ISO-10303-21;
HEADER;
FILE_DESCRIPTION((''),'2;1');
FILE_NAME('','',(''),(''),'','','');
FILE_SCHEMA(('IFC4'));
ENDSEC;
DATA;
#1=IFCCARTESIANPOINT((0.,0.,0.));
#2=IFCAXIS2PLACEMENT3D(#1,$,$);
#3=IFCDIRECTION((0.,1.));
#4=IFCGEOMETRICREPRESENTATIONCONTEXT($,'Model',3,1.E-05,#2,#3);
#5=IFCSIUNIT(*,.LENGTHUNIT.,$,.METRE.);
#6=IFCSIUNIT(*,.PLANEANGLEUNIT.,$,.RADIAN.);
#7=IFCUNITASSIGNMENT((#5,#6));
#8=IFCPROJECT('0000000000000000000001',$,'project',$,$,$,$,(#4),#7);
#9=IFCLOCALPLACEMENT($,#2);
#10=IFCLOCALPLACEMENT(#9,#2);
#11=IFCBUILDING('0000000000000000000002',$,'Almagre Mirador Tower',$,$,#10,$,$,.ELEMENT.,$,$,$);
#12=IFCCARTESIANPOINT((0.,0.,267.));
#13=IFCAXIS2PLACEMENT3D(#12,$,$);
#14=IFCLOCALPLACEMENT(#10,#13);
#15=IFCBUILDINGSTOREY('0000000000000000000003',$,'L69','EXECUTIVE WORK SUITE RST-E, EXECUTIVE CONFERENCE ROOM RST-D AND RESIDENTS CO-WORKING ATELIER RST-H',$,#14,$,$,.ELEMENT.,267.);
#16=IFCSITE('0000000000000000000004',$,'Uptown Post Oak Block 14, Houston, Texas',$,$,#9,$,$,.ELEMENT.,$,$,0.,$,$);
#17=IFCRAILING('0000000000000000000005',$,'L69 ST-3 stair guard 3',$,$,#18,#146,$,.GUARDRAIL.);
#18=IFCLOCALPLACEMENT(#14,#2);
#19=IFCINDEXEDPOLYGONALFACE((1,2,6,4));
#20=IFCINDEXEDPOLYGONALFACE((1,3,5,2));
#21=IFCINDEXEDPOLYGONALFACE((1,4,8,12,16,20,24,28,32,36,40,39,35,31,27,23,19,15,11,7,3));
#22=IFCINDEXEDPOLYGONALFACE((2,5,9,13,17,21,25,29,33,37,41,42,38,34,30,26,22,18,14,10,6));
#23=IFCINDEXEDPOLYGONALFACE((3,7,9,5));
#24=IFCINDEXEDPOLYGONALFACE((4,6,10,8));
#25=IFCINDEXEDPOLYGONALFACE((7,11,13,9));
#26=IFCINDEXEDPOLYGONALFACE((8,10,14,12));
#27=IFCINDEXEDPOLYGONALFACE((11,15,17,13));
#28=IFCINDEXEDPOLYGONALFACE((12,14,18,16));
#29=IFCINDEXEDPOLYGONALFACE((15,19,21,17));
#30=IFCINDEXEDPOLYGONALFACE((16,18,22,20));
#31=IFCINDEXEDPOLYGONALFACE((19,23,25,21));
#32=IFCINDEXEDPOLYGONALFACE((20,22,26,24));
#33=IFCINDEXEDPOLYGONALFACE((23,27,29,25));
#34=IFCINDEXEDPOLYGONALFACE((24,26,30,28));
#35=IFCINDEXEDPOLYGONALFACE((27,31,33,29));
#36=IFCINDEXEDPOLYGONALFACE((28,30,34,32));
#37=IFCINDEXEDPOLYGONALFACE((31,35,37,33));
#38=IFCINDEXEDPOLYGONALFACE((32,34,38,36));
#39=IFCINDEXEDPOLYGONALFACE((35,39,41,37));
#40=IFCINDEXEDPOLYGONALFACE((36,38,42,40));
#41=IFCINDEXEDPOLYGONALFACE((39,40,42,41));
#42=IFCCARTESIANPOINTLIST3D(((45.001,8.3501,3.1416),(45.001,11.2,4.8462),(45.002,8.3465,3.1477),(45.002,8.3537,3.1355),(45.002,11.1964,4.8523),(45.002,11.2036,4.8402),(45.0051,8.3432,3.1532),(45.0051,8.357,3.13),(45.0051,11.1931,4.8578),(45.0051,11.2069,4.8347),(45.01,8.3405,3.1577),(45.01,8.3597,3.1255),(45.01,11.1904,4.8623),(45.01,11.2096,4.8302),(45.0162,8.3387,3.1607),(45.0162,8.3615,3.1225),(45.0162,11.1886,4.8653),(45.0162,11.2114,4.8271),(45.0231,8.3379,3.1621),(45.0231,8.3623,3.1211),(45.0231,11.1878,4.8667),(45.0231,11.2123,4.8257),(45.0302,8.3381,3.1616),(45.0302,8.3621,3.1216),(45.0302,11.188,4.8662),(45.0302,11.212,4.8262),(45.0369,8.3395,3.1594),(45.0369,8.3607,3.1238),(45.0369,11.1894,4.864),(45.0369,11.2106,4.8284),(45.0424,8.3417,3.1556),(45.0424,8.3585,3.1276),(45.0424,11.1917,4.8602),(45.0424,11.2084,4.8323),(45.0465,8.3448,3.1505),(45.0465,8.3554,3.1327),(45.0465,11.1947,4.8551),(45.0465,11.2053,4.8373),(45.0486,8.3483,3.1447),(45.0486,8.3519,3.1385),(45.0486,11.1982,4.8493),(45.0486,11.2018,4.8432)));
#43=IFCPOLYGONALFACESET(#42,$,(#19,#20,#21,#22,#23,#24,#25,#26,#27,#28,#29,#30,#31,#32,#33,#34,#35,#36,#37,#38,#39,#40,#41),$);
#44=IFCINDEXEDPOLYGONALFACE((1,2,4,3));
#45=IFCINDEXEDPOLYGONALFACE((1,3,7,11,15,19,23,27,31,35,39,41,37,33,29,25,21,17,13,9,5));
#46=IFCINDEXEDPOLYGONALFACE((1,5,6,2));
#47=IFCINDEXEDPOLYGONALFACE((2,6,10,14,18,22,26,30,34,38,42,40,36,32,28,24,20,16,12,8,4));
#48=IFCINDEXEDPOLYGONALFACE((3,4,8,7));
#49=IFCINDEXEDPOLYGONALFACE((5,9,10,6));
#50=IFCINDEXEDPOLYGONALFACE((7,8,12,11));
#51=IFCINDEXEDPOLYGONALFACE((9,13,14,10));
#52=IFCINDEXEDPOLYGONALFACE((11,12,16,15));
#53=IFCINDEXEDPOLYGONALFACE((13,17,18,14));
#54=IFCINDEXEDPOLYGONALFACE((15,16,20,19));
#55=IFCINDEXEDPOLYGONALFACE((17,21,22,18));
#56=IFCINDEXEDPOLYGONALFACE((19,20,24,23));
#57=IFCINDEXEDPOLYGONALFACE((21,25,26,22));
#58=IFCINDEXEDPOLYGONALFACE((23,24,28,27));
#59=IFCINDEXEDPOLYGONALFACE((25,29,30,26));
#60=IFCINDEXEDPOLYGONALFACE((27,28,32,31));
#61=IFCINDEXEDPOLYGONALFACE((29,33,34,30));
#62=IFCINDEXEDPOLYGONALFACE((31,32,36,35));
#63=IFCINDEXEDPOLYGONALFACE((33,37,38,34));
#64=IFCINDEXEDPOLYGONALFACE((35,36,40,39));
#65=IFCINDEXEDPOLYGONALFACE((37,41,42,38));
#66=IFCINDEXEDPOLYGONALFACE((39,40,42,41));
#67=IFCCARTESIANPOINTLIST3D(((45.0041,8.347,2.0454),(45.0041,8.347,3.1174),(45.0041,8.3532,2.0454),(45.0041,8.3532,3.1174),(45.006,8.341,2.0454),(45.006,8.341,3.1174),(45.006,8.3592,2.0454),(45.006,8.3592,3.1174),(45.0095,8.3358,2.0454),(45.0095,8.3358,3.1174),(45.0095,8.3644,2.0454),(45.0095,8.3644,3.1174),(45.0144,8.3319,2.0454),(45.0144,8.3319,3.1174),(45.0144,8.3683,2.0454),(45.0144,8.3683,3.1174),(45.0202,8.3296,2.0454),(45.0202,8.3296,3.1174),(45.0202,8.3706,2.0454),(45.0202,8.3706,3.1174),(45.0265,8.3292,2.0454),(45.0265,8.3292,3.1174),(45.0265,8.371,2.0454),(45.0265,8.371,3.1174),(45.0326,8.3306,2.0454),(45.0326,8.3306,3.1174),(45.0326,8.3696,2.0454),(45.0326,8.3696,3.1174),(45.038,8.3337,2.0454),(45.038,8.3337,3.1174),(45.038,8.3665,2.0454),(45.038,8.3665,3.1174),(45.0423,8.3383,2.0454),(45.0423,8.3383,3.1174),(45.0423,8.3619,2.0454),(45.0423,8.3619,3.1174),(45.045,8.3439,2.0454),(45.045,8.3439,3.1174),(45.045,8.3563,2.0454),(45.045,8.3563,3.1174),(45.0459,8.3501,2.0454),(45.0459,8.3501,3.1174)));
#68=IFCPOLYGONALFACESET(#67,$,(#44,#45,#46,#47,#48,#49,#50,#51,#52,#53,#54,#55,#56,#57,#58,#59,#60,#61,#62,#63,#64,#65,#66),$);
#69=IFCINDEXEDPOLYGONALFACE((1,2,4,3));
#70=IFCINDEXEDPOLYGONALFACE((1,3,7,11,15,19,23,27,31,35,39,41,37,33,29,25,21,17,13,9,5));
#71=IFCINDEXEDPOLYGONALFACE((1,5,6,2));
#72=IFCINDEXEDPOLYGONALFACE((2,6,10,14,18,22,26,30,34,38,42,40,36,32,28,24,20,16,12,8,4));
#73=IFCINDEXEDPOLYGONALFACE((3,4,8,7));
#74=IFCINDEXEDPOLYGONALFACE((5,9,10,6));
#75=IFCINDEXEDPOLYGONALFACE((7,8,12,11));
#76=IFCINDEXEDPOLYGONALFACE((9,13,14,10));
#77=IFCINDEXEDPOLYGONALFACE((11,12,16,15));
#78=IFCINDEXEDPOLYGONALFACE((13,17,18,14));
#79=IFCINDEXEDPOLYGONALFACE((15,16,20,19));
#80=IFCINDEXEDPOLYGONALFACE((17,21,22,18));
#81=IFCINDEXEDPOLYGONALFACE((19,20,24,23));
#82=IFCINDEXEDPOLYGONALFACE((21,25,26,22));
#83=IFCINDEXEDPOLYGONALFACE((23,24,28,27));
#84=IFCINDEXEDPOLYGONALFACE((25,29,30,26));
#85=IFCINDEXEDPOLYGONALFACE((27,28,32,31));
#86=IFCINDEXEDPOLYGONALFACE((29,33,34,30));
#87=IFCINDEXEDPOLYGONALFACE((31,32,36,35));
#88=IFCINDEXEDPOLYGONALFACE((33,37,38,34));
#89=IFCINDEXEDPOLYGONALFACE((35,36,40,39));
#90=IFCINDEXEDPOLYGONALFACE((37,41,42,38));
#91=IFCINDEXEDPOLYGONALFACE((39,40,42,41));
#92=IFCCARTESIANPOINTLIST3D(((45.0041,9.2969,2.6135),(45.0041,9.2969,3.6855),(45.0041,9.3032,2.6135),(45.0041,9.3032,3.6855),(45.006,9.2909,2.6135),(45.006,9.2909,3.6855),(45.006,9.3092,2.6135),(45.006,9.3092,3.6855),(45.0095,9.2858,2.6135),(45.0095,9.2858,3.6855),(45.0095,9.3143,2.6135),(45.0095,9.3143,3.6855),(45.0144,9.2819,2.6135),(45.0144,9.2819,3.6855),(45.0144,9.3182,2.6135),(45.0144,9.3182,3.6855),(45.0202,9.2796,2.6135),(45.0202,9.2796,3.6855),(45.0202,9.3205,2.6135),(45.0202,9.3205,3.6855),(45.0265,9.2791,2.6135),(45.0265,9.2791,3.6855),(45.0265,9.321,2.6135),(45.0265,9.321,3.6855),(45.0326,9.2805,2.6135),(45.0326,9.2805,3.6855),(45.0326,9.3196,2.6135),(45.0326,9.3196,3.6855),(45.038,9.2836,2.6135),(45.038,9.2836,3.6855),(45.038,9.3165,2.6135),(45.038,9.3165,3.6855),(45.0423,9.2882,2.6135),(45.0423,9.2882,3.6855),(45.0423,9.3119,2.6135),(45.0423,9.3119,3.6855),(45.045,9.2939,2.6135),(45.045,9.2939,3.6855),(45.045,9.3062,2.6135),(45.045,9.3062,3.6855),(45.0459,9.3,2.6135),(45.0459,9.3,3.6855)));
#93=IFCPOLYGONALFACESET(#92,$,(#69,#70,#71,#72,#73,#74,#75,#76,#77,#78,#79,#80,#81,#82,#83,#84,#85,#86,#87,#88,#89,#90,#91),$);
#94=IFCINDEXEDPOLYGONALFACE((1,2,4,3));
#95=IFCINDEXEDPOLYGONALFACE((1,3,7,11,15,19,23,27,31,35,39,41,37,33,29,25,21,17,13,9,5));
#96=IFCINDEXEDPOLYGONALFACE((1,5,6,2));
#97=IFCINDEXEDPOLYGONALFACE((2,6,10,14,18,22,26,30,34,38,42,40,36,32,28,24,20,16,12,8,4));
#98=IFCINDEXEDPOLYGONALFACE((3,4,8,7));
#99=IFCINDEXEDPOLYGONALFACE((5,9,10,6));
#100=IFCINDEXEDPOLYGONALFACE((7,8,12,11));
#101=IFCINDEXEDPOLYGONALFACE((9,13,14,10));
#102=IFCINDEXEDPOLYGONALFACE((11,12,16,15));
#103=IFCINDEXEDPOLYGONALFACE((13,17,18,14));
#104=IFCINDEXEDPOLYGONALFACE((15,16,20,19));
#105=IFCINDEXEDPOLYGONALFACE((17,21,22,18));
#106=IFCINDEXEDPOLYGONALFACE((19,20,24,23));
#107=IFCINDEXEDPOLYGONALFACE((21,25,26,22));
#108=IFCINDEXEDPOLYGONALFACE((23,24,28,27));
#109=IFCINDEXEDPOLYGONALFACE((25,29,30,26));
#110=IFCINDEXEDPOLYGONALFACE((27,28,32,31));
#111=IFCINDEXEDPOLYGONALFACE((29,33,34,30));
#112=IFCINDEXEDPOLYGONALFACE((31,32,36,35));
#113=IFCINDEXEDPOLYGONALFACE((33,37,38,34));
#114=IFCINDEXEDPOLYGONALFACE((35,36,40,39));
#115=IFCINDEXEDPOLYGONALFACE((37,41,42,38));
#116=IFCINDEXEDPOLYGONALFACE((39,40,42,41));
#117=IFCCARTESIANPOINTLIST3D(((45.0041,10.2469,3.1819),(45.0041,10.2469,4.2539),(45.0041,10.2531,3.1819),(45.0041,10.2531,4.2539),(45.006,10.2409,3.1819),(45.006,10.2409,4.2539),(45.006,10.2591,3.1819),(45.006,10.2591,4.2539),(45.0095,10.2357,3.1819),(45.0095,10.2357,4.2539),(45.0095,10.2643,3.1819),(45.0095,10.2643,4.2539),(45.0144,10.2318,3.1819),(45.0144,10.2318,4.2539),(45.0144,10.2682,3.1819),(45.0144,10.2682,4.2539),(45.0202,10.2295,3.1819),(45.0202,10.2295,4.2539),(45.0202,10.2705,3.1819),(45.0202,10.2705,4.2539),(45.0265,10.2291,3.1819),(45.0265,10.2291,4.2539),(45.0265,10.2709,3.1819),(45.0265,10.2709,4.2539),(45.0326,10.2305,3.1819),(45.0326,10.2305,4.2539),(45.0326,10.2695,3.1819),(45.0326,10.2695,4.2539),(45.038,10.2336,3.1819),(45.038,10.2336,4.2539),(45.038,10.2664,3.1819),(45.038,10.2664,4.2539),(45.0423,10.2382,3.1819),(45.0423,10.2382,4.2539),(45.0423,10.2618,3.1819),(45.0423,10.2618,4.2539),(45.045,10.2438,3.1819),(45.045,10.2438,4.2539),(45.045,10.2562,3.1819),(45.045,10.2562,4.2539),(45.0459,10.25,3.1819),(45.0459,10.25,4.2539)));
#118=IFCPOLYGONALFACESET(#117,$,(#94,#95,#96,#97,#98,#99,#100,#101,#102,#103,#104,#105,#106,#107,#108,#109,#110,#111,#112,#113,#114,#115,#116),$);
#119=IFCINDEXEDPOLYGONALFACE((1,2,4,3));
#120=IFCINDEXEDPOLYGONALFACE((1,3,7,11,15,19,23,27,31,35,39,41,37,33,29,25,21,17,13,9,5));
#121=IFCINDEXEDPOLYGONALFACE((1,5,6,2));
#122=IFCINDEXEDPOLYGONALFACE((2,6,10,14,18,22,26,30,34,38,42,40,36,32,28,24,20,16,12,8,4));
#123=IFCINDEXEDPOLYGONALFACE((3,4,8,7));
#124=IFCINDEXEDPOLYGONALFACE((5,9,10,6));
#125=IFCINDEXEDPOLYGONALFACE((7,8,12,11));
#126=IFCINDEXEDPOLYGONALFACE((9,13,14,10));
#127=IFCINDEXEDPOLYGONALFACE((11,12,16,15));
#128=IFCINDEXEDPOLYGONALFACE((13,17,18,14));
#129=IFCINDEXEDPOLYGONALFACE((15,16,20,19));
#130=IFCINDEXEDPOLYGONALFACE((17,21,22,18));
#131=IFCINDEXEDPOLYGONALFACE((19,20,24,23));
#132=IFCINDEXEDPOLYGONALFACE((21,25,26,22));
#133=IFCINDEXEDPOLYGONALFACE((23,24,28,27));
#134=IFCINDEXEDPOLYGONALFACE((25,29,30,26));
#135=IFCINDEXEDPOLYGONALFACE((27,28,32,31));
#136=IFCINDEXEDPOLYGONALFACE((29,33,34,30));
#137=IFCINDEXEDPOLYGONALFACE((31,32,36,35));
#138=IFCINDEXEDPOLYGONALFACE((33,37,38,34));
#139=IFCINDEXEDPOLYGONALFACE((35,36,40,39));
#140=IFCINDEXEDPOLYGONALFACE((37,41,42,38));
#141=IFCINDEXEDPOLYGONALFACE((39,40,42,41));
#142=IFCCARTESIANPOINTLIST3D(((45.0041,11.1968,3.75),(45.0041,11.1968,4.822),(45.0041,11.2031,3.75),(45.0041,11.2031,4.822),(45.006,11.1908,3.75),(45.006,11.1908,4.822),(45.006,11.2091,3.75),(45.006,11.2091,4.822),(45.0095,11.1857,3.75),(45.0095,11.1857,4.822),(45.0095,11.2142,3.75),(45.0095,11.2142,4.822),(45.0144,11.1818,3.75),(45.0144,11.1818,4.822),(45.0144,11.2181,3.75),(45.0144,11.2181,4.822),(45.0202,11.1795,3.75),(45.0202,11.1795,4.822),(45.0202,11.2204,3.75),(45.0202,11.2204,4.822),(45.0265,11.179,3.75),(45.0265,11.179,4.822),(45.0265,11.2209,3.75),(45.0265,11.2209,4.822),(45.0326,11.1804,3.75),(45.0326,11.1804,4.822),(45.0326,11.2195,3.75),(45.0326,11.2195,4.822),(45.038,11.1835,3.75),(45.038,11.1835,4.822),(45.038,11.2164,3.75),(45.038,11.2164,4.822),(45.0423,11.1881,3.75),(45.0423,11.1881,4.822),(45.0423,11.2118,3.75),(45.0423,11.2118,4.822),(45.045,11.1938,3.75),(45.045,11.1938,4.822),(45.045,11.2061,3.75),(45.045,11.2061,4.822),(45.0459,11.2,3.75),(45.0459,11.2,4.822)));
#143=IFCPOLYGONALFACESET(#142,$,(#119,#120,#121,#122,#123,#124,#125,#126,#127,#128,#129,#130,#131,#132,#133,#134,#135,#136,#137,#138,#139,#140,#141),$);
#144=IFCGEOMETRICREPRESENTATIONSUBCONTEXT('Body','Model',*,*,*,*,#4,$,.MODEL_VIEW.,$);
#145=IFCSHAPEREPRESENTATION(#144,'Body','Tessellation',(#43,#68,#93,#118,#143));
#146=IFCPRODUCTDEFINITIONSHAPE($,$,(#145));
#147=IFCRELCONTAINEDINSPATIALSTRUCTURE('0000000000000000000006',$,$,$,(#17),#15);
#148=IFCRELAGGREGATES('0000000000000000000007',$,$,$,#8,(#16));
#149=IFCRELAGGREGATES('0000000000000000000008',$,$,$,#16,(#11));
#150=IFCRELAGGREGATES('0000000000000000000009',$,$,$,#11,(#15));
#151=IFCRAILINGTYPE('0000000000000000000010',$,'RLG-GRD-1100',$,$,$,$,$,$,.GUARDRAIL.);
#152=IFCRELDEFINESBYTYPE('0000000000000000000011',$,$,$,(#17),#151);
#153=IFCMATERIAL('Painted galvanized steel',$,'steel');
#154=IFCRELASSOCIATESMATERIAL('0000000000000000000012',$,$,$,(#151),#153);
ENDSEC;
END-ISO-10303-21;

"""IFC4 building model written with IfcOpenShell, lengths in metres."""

from ifc_helpers import new_model, si_unit, direction, frame, origin, origin_2d, place, context, subcontext, project, spatial, circle, extrude, material, type_object, element, save


model = new_model("IFC4")

# Units and contexts
model_context = context("Model", 3, precision=1e-05, world=origin(), true_north=direction((0.0, 1.0)))
body_context = subcontext(model_context, "Body", "Model", "MODEL_VIEW")
ifc_project = project(units=[si_unit("LENGTHUNIT", "METRE"), si_unit("PLANEANGLEUNIT", "RADIAN")], contexts=[model_context])

# Site, building, storey
site_placement = place(None, origin())
site = spatial("IfcSite", under=ifc_project, at=site_placement, Name="Uptown Post Oak Block 14, Houston, Texas", CompositionType="ELEMENT", RefElevation=0.0)
building_placement = place(site_placement, origin())
building = spatial("IfcBuilding", under=site, at=building_placement, Name="Almagre Mirador Tower", CompositionType="ELEMENT")
storey_placement = place(building_placement, frame((0.0, 0.0, 267.0)))
storey = spatial("IfcBuildingStorey", under=building, at=storey_placement, Name="L69", Description="EXECUTIVE WORK SUITE RST-E, EXECUTIVE CONFERENCE ROOM RST-D AND RESIDENTS CO-WORKING ATELIER RST-H", CompositionType="ELEMENT", Elevation=267.0)

# Railing
ifc_material_1 = material(Name="Painted galvanized steel", Category="steel")
railing_type_1 = type_object("IfcRailingType", Name="RLG-GRD-1100", PredefinedType="GUARDRAIL", material=ifc_material_1)
railing_1_placement = place(storey_placement, frame((45.0249, 8.3501, 2.0454)))
element("IfcRailing", 1, at=railing_1_placement, inside=storey, type_object=railing_type_1, Name="L69 ST-3 stair guard 3", PredefinedType="GUARDRAIL", context=body_context, shape_type="SweptSolid", body=[
    extrude(circle(Radius=0.0239, at=origin_2d()), frame((0.0, 0.0, 1.0962), z_axis=(0.0, 0.858199, 0.513317), x_axis=(-1.0, 0.0, 0.0)), (0.0, 0.0, 1.0), 3.3208),
    extrude(circle(Radius=0.021, at=origin_2d()), origin(), (0.0, 0.0, 1.0), 1.072),
    extrude(circle(Radius=0.021, at=origin_2d()), frame((0.0, 0.95, 0.5681)), (0.0, 0.0, 1.0), 1.072),
    extrude(circle(Radius=0.021, at=origin_2d()), frame((0.0, 1.8999, 1.1365)), (0.0, 0.0, 1.0), 1.072),
    extrude(circle(Radius=0.021, at=origin_2d()), frame((0.0, 2.8499, 1.7046)), (0.0, 0.0, 1.0), 1.072),
])

save(model, "model.ifc")
